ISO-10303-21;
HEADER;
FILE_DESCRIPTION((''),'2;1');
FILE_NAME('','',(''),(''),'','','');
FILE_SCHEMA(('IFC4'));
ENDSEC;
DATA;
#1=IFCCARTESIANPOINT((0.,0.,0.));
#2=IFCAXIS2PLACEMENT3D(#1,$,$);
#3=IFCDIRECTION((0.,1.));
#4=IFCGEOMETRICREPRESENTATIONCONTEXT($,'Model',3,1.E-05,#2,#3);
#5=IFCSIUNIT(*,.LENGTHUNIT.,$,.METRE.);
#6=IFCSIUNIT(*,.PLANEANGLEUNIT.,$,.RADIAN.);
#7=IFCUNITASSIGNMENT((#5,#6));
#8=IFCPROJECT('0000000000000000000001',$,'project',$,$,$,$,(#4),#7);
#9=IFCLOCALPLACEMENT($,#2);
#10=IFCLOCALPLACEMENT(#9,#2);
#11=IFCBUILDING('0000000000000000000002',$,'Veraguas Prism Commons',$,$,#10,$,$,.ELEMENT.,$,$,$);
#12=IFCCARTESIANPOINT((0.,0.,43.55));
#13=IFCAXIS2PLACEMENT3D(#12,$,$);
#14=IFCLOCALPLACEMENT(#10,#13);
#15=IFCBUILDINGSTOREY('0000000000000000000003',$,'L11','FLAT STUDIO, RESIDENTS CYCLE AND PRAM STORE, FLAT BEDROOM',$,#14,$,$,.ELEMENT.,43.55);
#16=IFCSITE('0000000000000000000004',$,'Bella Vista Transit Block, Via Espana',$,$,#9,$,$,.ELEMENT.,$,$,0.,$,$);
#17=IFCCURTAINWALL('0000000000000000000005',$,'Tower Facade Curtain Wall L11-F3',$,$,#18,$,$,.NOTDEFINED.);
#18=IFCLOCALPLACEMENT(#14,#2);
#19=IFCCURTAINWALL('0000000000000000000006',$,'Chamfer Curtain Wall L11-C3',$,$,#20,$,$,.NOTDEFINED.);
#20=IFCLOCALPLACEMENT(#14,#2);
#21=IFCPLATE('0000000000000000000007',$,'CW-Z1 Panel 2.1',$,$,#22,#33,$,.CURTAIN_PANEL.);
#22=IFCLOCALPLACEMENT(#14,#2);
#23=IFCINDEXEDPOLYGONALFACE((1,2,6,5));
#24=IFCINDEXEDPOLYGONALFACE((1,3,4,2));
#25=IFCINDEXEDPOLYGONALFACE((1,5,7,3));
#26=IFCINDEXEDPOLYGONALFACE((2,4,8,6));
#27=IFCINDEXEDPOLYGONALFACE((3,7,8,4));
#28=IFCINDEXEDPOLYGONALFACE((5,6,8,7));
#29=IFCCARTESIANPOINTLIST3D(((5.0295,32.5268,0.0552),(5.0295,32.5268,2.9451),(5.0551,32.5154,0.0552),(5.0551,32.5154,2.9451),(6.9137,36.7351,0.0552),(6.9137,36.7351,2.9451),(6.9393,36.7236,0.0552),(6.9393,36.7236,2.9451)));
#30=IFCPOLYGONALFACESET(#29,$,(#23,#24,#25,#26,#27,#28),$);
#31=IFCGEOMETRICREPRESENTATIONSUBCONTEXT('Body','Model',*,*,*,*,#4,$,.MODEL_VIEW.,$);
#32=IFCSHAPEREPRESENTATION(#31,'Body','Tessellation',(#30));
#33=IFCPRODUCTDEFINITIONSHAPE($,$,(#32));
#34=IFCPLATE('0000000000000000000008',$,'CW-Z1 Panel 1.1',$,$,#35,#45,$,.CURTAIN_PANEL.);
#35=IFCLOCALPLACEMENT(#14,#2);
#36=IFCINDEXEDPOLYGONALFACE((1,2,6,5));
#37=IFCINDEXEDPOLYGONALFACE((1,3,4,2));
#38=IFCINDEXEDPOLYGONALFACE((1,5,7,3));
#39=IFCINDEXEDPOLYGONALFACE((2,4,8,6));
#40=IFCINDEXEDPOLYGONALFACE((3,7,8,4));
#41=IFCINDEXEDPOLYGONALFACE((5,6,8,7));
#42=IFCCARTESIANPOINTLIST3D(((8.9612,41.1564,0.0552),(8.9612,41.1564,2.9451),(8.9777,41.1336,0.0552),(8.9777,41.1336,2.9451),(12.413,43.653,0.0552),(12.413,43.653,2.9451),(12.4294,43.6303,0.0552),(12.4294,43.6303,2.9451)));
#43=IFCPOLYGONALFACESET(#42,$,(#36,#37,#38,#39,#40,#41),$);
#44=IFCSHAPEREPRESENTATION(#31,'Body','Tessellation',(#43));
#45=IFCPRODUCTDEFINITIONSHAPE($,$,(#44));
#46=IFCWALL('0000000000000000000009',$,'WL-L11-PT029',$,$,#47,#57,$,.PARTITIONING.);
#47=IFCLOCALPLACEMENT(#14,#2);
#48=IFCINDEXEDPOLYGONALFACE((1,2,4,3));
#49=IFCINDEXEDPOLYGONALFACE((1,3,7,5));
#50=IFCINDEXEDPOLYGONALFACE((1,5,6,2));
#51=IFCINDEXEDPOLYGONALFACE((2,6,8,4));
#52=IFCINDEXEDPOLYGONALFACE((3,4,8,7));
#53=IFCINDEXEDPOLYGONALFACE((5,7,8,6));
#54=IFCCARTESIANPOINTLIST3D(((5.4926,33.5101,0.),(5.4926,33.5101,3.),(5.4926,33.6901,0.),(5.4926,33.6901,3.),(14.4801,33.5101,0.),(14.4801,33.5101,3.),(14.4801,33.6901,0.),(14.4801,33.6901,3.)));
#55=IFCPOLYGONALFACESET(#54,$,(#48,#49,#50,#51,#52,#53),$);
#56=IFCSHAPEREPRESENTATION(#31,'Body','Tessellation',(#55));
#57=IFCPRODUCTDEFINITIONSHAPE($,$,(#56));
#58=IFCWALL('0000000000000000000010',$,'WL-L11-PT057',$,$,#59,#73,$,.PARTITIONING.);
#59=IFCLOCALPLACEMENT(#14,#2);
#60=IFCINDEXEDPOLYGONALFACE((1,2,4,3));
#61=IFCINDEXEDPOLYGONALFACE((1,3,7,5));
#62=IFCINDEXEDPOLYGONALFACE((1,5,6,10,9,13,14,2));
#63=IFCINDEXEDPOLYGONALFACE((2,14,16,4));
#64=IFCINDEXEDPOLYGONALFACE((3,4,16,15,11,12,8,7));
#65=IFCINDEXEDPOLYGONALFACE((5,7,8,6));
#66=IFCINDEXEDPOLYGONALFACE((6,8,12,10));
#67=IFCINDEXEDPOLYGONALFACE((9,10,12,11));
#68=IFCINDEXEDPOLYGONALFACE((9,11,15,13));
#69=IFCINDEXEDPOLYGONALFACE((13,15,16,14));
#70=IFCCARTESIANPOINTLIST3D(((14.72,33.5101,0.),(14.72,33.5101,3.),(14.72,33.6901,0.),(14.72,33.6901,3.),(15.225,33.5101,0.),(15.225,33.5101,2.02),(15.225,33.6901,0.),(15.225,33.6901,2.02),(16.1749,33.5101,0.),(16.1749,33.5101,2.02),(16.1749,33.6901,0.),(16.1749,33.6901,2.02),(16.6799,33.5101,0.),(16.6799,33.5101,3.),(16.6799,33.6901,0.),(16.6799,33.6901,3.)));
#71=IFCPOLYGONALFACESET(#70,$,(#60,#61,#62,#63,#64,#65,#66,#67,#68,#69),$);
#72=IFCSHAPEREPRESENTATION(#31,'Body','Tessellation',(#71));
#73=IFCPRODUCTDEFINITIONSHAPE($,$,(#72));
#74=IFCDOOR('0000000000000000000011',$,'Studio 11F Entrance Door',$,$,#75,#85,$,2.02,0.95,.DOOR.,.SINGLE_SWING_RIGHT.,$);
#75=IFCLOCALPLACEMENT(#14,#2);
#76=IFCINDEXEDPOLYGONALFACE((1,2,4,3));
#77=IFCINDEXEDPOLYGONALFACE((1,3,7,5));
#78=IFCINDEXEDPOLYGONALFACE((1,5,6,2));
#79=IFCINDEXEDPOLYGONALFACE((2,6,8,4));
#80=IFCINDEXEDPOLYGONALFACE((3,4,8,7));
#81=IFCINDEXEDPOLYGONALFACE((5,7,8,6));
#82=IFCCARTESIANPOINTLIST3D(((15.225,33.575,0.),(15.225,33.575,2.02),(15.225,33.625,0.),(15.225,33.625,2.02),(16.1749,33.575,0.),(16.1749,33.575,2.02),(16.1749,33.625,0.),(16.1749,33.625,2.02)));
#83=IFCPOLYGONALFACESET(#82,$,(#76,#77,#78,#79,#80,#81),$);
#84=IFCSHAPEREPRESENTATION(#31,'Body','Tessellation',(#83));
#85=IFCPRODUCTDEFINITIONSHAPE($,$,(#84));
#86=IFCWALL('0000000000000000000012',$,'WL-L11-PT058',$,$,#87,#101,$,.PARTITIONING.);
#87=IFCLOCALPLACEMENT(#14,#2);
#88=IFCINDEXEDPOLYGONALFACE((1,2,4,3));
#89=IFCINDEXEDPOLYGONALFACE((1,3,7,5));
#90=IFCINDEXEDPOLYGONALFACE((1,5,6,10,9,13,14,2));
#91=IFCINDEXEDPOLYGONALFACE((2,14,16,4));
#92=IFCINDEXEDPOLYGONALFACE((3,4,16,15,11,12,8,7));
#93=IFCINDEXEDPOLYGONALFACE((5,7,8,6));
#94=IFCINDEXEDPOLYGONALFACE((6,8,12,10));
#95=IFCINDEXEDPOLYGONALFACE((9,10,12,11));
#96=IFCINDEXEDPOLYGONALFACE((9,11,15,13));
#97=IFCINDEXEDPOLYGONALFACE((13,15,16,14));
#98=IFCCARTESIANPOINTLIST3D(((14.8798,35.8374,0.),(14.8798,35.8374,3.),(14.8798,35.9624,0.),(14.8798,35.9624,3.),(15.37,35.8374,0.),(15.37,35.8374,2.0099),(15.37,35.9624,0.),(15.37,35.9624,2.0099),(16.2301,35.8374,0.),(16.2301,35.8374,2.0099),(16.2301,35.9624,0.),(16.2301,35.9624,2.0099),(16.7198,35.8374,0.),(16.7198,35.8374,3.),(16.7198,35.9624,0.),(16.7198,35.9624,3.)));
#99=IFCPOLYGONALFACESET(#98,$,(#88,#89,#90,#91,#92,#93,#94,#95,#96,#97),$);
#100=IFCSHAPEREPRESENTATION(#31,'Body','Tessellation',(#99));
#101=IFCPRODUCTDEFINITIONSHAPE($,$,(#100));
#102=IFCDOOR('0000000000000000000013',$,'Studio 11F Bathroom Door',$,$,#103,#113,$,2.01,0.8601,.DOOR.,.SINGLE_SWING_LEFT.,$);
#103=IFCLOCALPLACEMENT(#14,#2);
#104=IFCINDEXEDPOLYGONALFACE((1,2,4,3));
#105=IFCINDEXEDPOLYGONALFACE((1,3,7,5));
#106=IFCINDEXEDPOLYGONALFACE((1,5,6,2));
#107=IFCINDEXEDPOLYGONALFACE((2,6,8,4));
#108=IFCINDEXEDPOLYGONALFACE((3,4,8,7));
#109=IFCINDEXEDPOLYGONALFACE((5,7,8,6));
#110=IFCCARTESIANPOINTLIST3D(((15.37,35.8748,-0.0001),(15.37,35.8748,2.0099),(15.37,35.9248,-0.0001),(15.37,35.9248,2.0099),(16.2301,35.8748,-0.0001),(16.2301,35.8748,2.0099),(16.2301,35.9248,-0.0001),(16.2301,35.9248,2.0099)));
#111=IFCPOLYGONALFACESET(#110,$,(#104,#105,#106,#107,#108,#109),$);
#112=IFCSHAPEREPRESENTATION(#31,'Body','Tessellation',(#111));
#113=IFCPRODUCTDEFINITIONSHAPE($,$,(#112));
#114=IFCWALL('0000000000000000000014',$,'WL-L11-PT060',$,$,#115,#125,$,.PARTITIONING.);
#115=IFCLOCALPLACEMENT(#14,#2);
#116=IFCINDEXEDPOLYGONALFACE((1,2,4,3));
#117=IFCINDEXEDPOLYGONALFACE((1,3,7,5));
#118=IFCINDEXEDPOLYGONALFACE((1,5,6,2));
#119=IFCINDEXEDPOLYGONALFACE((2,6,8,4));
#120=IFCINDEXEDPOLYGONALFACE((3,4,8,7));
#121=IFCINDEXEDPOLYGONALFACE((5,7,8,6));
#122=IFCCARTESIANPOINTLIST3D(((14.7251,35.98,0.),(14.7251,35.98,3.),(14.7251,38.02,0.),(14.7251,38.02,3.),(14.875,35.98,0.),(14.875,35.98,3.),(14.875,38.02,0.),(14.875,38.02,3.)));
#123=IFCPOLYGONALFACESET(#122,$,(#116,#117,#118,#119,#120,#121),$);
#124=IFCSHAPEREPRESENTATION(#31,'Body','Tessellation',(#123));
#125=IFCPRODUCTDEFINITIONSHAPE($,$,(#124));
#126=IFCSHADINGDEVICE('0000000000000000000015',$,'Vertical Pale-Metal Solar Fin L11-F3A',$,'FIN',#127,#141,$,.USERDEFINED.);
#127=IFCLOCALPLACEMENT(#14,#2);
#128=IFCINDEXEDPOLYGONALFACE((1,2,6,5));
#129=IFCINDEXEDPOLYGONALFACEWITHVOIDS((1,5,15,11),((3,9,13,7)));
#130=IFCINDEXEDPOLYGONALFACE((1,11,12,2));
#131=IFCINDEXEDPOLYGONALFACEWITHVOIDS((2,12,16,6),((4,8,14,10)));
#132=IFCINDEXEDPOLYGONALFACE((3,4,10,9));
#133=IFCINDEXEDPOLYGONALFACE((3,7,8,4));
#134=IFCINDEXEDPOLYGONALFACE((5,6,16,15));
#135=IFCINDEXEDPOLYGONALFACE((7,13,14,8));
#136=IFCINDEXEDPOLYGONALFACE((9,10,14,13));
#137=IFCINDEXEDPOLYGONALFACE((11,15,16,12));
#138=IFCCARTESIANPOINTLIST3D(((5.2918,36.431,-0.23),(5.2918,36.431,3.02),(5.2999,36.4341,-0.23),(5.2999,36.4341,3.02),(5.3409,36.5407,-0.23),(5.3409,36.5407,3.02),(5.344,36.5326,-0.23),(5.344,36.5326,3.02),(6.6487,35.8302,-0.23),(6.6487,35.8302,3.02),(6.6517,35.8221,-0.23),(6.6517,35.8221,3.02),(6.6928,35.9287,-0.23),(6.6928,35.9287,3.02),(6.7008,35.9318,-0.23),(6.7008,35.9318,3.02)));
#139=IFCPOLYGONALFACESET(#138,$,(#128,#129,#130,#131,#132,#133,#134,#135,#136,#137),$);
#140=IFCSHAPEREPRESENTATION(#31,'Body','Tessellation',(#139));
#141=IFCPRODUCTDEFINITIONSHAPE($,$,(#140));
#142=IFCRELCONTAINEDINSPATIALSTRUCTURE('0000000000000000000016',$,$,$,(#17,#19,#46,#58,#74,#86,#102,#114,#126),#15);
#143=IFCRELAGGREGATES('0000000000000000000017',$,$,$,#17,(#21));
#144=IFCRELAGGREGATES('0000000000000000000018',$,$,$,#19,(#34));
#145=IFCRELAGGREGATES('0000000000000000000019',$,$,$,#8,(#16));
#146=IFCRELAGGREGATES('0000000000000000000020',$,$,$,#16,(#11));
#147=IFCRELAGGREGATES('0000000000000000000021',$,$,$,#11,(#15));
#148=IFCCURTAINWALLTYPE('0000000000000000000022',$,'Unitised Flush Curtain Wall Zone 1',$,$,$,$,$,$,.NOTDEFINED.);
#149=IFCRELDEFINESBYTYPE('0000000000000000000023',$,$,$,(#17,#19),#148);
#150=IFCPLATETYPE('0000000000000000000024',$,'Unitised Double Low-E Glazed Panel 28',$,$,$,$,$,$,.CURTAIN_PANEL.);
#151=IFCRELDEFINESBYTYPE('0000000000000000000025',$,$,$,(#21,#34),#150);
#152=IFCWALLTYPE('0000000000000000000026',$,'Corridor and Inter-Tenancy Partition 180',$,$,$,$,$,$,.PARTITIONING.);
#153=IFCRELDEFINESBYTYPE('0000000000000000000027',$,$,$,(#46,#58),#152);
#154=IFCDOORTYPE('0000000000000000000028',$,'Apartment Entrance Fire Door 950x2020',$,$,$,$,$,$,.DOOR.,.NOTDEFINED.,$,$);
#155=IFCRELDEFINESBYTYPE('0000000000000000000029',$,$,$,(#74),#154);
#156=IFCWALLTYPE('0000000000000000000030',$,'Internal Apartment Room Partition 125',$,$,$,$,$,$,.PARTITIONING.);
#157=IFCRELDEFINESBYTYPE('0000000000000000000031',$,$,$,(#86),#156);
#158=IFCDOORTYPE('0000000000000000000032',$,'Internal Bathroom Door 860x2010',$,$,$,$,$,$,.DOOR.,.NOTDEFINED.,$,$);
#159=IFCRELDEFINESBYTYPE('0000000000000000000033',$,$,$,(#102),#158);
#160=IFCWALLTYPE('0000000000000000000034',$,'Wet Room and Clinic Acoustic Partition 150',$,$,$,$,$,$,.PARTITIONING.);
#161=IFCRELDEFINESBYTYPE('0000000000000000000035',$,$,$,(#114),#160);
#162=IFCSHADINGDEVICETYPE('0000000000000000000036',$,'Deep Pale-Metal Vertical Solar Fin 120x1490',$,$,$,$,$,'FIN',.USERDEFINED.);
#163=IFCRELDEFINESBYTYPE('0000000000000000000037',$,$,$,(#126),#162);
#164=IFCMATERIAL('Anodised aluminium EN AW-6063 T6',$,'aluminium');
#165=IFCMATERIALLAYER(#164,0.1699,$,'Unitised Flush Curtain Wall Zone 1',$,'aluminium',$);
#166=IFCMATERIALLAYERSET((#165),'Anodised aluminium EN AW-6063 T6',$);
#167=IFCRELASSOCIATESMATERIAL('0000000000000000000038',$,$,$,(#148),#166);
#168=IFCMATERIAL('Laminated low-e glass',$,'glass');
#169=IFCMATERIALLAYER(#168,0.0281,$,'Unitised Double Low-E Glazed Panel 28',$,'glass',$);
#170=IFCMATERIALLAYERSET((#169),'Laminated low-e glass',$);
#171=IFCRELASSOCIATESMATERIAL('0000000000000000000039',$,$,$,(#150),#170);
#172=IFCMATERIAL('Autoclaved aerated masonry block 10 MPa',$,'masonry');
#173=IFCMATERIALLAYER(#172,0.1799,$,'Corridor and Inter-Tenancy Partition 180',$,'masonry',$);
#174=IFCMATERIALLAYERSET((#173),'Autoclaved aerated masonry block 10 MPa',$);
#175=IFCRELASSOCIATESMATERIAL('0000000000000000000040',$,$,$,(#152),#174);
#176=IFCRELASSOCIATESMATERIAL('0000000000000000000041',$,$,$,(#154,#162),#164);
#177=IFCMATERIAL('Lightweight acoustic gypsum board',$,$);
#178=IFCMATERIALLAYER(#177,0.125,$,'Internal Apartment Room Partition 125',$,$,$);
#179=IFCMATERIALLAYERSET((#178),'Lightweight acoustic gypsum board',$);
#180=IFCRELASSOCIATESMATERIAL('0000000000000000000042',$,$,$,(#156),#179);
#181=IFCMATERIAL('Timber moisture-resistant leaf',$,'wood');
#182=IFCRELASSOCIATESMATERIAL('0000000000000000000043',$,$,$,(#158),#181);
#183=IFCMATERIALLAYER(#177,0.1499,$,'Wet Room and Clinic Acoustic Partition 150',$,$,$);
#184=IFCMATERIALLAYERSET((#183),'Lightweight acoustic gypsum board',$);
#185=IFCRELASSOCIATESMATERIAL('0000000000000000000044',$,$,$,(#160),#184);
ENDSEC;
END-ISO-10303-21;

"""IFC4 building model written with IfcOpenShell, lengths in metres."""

from ifc_helpers import new_model, si_unit, direction, frame, frame_2d, origin, origin_2d, place, context, subcontext, project, spatial, rectangle, hollow_rectangle, extrude, source, transform, mapped, material, layer, layer_set, material_profile, profile_set, type_object, element, fill, aggregate, save


model = new_model("IFC4")

# Units and contexts
model_context = context("Model", 3, precision=1e-05, world=origin(), true_north=direction((0.0, 1.0)))
body_context = subcontext(model_context, "Body", "Model", "MODEL_VIEW")
ifc_project = project(units=[si_unit("LENGTHUNIT", "METRE"), si_unit("PLANEANGLEUNIT", "RADIAN")], contexts=[model_context])

# Site, building, storey
site_placement = place(None, origin())
site = spatial("IfcSite", under=ifc_project, at=site_placement, Name="Bella Vista Transit Block, Via Espana", CompositionType="ELEMENT", RefElevation=0.0)
building_placement = place(site_placement, origin())
building = spatial("IfcBuilding", under=site, at=building_placement, Name="Veraguas Prism Commons", CompositionType="ELEMENT")
storey_placement = place(building_placement, frame((0.0, 0.0, 43.55)))
storey = spatial("IfcBuildingStorey", under=building, at=storey_placement, Name="L11", Description="FLAT STUDIO, RESIDENTS CYCLE AND PRAM STORE, FLAT BEDROOM", CompositionType="ELEMENT", Elevation=43.55)

# Shared definitions
ifc_material_1 = material(Name="Anodised aluminium EN AW-6063 T6", Category="aluminium")
ifc_layer_1 = layer(ifc_material_1, 0.1699, Name="Unitised Flush Curtain Wall Zone 1", Category="aluminium")
ifc_layer_set_1 = layer_set([ifc_layer_1], Name="Anodised aluminium EN AW-6063 T6")
curtain_wall_type = type_object("IfcCurtainWallType", Name="Unitised Flush Curtain Wall Zone 1", PredefinedType="NOTDEFINED", material=ifc_layer_set_1)

# Curtain walls
curtain_wall_1_placement = place(storey_placement, origin())
curtain_wall_1 = element("IfcCurtainWall", 1, at=curtain_wall_1_placement, inside=storey, type_object=curtain_wall_type, Name="Tower Facade Curtain Wall L11-F3", PredefinedType="NOTDEFINED")
curtain_wall_2_placement = place(storey_placement, origin())
curtain_wall_2 = element("IfcCurtainWall", 2, at=curtain_wall_2_placement, inside=storey, type_object=curtain_wall_type, Name="Chamfer Curtain Wall L11-C3", PredefinedType="NOTDEFINED")

# Plates
ifc_material_2 = material(Name="Laminated low-e glass", Category="glass")
ifc_layer_2 = layer(ifc_material_2, 0.0281, Name="Unitised Double Low-E Glazed Panel 28", Category="glass")
ifc_layer_set_2 = layer_set([ifc_layer_2], Name="Laminated low-e glass")
plate_type = type_object("IfcPlateType", Name="Unitised Double Low-E Glazed Panel 28", PredefinedType="CURTAIN_PANEL", material=ifc_layer_set_2)
shared_shape_1 = source(origin(), body_context, "Body", "SweptSolid", [
    extrude(rectangle(XDim=4.6108, YDim=0.0281, at=origin_2d()), origin(), (0.0, 0.0, 1.0), 2.8899),
])
plate_1_placement = place(storey_placement, frame((5.9844, 34.6252, 0.0552), z_axis=(0.0, 0.0, 1.0), x_axis=(-0.408649, -0.912692, 0.0)))
plate_1 = element("IfcPlate", 3, at=plate_1_placement, type_object=plate_type, Name="CW-Z1 Panel 2.1", PredefinedType="CURTAIN_PANEL", context=body_context, shape_type="MappedRepresentation", body=[
    mapped(shared_shape_1, transform((0.0, 0.0, 0.0), scale=1.0)),
])
aggregate(curtain_wall_1, [plate_1])
shared_shape_2 = source(origin(), body_context, "Body", "SweptSolid", [
    extrude(rectangle(XDim=4.26, YDim=0.0281, at=origin_2d()), origin(), (0.0, 0.0, 1.0), 2.8899),
])
plate_2_placement = place(storey_placement, frame((10.6953, 42.3933, 0.0552), z_axis=(0.0, 0.0, 1.0), x_axis=(-0.810264, -0.586066, 0.0)))
plate_2 = element("IfcPlate", 4, at=plate_2_placement, type_object=plate_type, Name="CW-Z1 Panel 1.1", PredefinedType="CURTAIN_PANEL", context=body_context, shape_type="MappedRepresentation", body=[
    mapped(shared_shape_2, transform((0.0, 0.0, 0.0), scale=1.0)),
])
aggregate(curtain_wall_2, [plate_2])

# Wall
ifc_material_3 = material(Name="Autoclaved aerated masonry block 10 MPa", Category="masonry")
ifc_layer_3 = layer(ifc_material_3, 0.1799, Name="Corridor and Inter-Tenancy Partition 180", Category="masonry")
ifc_layer_set_3 = layer_set([ifc_layer_3], Name="Autoclaved aerated masonry block 10 MPa")
wall_type_1 = type_object("IfcWallType", Name="Corridor and Inter-Tenancy Partition 180", PredefinedType="PARTITIONING", material=ifc_layer_set_3)
wall_1_placement = place(storey_placement, frame((14.48, 33.6001, 0.0), z_axis=(0.0, 0.0, 1.0), x_axis=(-1.0, 0.0, 0.0)))
element("IfcWall", 5, at=wall_1_placement, inside=storey, type_object=wall_type_1, Name="WL-L11-PT029", PredefinedType="PARTITIONING", context=body_context, shape_type="SweptSolid", body=[
    extrude(rectangle(XDim=8.9875, YDim=0.1799, at=frame_2d((4.4937, 0.0))), origin(), (0.0, 0.0, 1.0), 3.0),
])

# Walls, openings, doors
wall_2_placement = place(storey_placement, frame((14.72, 33.6001, 0.0), z_axis=(0.0, 0.0, 1.0), x_axis=(1.0, 0.0, 0.0)))
wall_2 = element("IfcWall", 6, at=wall_2_placement, inside=storey, type_object=wall_type_1, Name="WL-L11-PT057", PredefinedType="PARTITIONING", context=body_context, shape_type="SweptSolid", body=[
    extrude(rectangle(XDim=1.96, YDim=0.1799, at=frame_2d((0.98, 0.0))), origin(), (0.0, 0.0, 1.0), 3.0),
])
opening_1_placement = place(wall_2_placement, frame((0.5049, 0.0, 0.0)))
opening_1 = element("IfcOpeningElement", 7, at=opening_1_placement, cuts=wall_2, PredefinedType="OPENING", context=body_context, shape_type="SweptSolid", body=[
    extrude(rectangle(XDim=0.95, YDim=2.02, at=frame_2d((0.4751, 1.01))), frame((0.0, 0.0999, 0.0), z_axis=(0.0, -1.0, 0.0), x_axis=(1.0, 0.0, 0.0)), (0.0, 0.0, 1.0), 0.2),
])
door_type_1 = type_object("IfcDoorType", Name="Apartment Entrance Fire Door 950x2020", OperationType="NOTDEFINED", PredefinedType="DOOR", material=ifc_material_1)
shared_shape_3 = source(origin(), body_context, "Body", "SweptSolid", [
    extrude(rectangle(XDim=0.95, YDim=2.02, at=frame_2d((0.4751, 1.01))), frame((0.0, 0.0249, 0.0), z_axis=(0.0, -1.0, 0.0), x_axis=(1.0, 0.0, 0.0)), (0.0, 0.0, 1.0), 0.05),
])
door_1_placement = place(opening_1_placement, origin())
door_1 = element("IfcDoor", 8, at=door_1_placement, inside=storey, type_object=door_type_1, Name="Studio 11F Entrance Door", OperationType="SINGLE_SWING_RIGHT", OverallHeight=2.02, OverallWidth=0.95, PredefinedType="DOOR", context=body_context, shape_type="MappedRepresentation", body=[
    mapped(shared_shape_3, transform((0.0, 0.0, 0.0), scale=1.0)),
])
fill(opening_1, door_1)
ifc_material_4 = material(Name="Lightweight acoustic gypsum board")
ifc_layer_4 = layer(ifc_material_4, 0.125, Name="Internal Apartment Room Partition 125")
ifc_layer_set_4 = layer_set([ifc_layer_4], Name="Lightweight acoustic gypsum board")
wall_type_2 = type_object("IfcWallType", Name="Internal Apartment Room Partition 125", PredefinedType="PARTITIONING", material=ifc_layer_set_4)
wall_3_placement = place(storey_placement, frame((14.8799, 35.8999, 0.0), z_axis=(0.0, 0.0, 1.0), x_axis=(1.0, 0.0, 0.0)))
wall_3 = element("IfcWall", 9, at=wall_3_placement, inside=storey, type_object=wall_type_2, Name="WL-L11-PT058", PredefinedType="PARTITIONING", context=body_context, shape_type="SweptSolid", body=[
    extrude(rectangle(XDim=1.8401, YDim=0.125, at=frame_2d((0.9199, 0.0))), origin(), (0.0, 0.0, 1.0), 3.0),
])
opening_2_placement = place(wall_3_placement, frame((0.49, 0.0, 0.0)))
opening_2 = element("IfcOpeningElement", 10, at=opening_2_placement, cuts=wall_3, PredefinedType="OPENING", context=body_context, shape_type="SweptSolid", body=[
    extrude(rectangle(XDim=0.8601, YDim=2.01, at=frame_2d((0.4302, 1.0049))), frame((0.0, 0.0725, 0.0), z_axis=(0.0, -1.0, 0.0), x_axis=(1.0, 0.0, 0.0)), (0.0, 0.0, 1.0), 0.145),
])
ifc_material_5 = material(Name="Timber moisture-resistant leaf", Category="wood")
door_type_2 = type_object("IfcDoorType", Name="Internal Bathroom Door 860x2010", OperationType="NOTDEFINED", PredefinedType="DOOR", material=ifc_material_5)
shared_shape_4 = source(origin(), body_context, "Body", "SweptSolid", [
    extrude(rectangle(XDim=0.8601, YDim=2.01, at=frame_2d((0.4302, 1.0049))), frame((0.0, 0.0249, 0.0), z_axis=(0.0, -1.0, 0.0), x_axis=(1.0, 0.0, 0.0)), (0.0, 0.0, 1.0), 0.05),
])
door_2_placement = place(opening_2_placement, origin())
door_2 = element("IfcDoor", 11, at=door_2_placement, inside=storey, type_object=door_type_2, Name="Studio 11F Bathroom Door", OperationType="SINGLE_SWING_LEFT", OverallHeight=2.01, OverallWidth=0.8601, PredefinedType="DOOR", context=body_context, shape_type="MappedRepresentation", body=[
    mapped(shared_shape_4, transform((0.0, 0.0, 0.0), scale=1.0)),
])
fill(opening_2, door_2)

# Wall
ifc_layer_5 = layer(ifc_material_4, 0.1499, Name="Wet Room and Clinic Acoustic Partition 150")
ifc_layer_set_5 = layer_set([ifc_layer_5], Name="Lightweight acoustic gypsum board")
wall_type_3 = type_object("IfcWallType", Name="Wet Room and Clinic Acoustic Partition 150", PredefinedType="PARTITIONING", material=ifc_layer_set_5)
wall_4_placement = place(storey_placement, frame((14.8, 35.98, 0.0), z_axis=(0.0, 0.0, 1.0), x_axis=(0.0, 1.0, 0.0)))
element("IfcWall", 12, at=wall_4_placement, inside=storey, type_object=wall_type_3, Name="WL-L11-PT060", PredefinedType="PARTITIONING", context=body_context, shape_type="SweptSolid", body=[
    extrude(rectangle(XDim=2.04, YDim=0.1499, at=frame_2d((1.02, 0.0))), origin(), (0.0, 0.0, 1.0), 3.0),
])

# Shading device
ifc_material_profile_1 = material_profile(ifc_material_1, hollow_rectangle(XDim=0.1201, YDim=1.49, WallThickness=0.0061, at=origin_2d()), Name="FIN120X1490X6")
ifc_profile_set_1 = profile_set([ifc_material_profile_1], Name="Anodised aluminium EN AW-6063 T6")
shading_device_type = type_object("IfcShadingDeviceType", Name="Deep Pale-Metal Vertical Solar Fin 120x1490", ElementType="FIN", PredefinedType="USERDEFINED", material=ifc_profile_set_1)
shading_device_placement = place(storey_placement, frame((5.9963, 36.1814, -0.23), z_axis=(0.0, 0.0, 1.0), x_axis=(-0.408646, -0.912693, 0.0)))
element("IfcShadingDevice", 13, at=shading_device_placement, inside=storey, type_object=shading_device_type, Name="Vertical Pale-Metal Solar Fin L11-F3A", ObjectType="FIN", PredefinedType="USERDEFINED", context=body_context, shape_type="SweptSolid", body=[
    extrude(hollow_rectangle(XDim=0.1201, YDim=1.49, WallThickness=0.0061, at=origin_2d()), origin(), (0.0, 0.0, 1.0), 3.25),
])

save(model, "model.ifc")
